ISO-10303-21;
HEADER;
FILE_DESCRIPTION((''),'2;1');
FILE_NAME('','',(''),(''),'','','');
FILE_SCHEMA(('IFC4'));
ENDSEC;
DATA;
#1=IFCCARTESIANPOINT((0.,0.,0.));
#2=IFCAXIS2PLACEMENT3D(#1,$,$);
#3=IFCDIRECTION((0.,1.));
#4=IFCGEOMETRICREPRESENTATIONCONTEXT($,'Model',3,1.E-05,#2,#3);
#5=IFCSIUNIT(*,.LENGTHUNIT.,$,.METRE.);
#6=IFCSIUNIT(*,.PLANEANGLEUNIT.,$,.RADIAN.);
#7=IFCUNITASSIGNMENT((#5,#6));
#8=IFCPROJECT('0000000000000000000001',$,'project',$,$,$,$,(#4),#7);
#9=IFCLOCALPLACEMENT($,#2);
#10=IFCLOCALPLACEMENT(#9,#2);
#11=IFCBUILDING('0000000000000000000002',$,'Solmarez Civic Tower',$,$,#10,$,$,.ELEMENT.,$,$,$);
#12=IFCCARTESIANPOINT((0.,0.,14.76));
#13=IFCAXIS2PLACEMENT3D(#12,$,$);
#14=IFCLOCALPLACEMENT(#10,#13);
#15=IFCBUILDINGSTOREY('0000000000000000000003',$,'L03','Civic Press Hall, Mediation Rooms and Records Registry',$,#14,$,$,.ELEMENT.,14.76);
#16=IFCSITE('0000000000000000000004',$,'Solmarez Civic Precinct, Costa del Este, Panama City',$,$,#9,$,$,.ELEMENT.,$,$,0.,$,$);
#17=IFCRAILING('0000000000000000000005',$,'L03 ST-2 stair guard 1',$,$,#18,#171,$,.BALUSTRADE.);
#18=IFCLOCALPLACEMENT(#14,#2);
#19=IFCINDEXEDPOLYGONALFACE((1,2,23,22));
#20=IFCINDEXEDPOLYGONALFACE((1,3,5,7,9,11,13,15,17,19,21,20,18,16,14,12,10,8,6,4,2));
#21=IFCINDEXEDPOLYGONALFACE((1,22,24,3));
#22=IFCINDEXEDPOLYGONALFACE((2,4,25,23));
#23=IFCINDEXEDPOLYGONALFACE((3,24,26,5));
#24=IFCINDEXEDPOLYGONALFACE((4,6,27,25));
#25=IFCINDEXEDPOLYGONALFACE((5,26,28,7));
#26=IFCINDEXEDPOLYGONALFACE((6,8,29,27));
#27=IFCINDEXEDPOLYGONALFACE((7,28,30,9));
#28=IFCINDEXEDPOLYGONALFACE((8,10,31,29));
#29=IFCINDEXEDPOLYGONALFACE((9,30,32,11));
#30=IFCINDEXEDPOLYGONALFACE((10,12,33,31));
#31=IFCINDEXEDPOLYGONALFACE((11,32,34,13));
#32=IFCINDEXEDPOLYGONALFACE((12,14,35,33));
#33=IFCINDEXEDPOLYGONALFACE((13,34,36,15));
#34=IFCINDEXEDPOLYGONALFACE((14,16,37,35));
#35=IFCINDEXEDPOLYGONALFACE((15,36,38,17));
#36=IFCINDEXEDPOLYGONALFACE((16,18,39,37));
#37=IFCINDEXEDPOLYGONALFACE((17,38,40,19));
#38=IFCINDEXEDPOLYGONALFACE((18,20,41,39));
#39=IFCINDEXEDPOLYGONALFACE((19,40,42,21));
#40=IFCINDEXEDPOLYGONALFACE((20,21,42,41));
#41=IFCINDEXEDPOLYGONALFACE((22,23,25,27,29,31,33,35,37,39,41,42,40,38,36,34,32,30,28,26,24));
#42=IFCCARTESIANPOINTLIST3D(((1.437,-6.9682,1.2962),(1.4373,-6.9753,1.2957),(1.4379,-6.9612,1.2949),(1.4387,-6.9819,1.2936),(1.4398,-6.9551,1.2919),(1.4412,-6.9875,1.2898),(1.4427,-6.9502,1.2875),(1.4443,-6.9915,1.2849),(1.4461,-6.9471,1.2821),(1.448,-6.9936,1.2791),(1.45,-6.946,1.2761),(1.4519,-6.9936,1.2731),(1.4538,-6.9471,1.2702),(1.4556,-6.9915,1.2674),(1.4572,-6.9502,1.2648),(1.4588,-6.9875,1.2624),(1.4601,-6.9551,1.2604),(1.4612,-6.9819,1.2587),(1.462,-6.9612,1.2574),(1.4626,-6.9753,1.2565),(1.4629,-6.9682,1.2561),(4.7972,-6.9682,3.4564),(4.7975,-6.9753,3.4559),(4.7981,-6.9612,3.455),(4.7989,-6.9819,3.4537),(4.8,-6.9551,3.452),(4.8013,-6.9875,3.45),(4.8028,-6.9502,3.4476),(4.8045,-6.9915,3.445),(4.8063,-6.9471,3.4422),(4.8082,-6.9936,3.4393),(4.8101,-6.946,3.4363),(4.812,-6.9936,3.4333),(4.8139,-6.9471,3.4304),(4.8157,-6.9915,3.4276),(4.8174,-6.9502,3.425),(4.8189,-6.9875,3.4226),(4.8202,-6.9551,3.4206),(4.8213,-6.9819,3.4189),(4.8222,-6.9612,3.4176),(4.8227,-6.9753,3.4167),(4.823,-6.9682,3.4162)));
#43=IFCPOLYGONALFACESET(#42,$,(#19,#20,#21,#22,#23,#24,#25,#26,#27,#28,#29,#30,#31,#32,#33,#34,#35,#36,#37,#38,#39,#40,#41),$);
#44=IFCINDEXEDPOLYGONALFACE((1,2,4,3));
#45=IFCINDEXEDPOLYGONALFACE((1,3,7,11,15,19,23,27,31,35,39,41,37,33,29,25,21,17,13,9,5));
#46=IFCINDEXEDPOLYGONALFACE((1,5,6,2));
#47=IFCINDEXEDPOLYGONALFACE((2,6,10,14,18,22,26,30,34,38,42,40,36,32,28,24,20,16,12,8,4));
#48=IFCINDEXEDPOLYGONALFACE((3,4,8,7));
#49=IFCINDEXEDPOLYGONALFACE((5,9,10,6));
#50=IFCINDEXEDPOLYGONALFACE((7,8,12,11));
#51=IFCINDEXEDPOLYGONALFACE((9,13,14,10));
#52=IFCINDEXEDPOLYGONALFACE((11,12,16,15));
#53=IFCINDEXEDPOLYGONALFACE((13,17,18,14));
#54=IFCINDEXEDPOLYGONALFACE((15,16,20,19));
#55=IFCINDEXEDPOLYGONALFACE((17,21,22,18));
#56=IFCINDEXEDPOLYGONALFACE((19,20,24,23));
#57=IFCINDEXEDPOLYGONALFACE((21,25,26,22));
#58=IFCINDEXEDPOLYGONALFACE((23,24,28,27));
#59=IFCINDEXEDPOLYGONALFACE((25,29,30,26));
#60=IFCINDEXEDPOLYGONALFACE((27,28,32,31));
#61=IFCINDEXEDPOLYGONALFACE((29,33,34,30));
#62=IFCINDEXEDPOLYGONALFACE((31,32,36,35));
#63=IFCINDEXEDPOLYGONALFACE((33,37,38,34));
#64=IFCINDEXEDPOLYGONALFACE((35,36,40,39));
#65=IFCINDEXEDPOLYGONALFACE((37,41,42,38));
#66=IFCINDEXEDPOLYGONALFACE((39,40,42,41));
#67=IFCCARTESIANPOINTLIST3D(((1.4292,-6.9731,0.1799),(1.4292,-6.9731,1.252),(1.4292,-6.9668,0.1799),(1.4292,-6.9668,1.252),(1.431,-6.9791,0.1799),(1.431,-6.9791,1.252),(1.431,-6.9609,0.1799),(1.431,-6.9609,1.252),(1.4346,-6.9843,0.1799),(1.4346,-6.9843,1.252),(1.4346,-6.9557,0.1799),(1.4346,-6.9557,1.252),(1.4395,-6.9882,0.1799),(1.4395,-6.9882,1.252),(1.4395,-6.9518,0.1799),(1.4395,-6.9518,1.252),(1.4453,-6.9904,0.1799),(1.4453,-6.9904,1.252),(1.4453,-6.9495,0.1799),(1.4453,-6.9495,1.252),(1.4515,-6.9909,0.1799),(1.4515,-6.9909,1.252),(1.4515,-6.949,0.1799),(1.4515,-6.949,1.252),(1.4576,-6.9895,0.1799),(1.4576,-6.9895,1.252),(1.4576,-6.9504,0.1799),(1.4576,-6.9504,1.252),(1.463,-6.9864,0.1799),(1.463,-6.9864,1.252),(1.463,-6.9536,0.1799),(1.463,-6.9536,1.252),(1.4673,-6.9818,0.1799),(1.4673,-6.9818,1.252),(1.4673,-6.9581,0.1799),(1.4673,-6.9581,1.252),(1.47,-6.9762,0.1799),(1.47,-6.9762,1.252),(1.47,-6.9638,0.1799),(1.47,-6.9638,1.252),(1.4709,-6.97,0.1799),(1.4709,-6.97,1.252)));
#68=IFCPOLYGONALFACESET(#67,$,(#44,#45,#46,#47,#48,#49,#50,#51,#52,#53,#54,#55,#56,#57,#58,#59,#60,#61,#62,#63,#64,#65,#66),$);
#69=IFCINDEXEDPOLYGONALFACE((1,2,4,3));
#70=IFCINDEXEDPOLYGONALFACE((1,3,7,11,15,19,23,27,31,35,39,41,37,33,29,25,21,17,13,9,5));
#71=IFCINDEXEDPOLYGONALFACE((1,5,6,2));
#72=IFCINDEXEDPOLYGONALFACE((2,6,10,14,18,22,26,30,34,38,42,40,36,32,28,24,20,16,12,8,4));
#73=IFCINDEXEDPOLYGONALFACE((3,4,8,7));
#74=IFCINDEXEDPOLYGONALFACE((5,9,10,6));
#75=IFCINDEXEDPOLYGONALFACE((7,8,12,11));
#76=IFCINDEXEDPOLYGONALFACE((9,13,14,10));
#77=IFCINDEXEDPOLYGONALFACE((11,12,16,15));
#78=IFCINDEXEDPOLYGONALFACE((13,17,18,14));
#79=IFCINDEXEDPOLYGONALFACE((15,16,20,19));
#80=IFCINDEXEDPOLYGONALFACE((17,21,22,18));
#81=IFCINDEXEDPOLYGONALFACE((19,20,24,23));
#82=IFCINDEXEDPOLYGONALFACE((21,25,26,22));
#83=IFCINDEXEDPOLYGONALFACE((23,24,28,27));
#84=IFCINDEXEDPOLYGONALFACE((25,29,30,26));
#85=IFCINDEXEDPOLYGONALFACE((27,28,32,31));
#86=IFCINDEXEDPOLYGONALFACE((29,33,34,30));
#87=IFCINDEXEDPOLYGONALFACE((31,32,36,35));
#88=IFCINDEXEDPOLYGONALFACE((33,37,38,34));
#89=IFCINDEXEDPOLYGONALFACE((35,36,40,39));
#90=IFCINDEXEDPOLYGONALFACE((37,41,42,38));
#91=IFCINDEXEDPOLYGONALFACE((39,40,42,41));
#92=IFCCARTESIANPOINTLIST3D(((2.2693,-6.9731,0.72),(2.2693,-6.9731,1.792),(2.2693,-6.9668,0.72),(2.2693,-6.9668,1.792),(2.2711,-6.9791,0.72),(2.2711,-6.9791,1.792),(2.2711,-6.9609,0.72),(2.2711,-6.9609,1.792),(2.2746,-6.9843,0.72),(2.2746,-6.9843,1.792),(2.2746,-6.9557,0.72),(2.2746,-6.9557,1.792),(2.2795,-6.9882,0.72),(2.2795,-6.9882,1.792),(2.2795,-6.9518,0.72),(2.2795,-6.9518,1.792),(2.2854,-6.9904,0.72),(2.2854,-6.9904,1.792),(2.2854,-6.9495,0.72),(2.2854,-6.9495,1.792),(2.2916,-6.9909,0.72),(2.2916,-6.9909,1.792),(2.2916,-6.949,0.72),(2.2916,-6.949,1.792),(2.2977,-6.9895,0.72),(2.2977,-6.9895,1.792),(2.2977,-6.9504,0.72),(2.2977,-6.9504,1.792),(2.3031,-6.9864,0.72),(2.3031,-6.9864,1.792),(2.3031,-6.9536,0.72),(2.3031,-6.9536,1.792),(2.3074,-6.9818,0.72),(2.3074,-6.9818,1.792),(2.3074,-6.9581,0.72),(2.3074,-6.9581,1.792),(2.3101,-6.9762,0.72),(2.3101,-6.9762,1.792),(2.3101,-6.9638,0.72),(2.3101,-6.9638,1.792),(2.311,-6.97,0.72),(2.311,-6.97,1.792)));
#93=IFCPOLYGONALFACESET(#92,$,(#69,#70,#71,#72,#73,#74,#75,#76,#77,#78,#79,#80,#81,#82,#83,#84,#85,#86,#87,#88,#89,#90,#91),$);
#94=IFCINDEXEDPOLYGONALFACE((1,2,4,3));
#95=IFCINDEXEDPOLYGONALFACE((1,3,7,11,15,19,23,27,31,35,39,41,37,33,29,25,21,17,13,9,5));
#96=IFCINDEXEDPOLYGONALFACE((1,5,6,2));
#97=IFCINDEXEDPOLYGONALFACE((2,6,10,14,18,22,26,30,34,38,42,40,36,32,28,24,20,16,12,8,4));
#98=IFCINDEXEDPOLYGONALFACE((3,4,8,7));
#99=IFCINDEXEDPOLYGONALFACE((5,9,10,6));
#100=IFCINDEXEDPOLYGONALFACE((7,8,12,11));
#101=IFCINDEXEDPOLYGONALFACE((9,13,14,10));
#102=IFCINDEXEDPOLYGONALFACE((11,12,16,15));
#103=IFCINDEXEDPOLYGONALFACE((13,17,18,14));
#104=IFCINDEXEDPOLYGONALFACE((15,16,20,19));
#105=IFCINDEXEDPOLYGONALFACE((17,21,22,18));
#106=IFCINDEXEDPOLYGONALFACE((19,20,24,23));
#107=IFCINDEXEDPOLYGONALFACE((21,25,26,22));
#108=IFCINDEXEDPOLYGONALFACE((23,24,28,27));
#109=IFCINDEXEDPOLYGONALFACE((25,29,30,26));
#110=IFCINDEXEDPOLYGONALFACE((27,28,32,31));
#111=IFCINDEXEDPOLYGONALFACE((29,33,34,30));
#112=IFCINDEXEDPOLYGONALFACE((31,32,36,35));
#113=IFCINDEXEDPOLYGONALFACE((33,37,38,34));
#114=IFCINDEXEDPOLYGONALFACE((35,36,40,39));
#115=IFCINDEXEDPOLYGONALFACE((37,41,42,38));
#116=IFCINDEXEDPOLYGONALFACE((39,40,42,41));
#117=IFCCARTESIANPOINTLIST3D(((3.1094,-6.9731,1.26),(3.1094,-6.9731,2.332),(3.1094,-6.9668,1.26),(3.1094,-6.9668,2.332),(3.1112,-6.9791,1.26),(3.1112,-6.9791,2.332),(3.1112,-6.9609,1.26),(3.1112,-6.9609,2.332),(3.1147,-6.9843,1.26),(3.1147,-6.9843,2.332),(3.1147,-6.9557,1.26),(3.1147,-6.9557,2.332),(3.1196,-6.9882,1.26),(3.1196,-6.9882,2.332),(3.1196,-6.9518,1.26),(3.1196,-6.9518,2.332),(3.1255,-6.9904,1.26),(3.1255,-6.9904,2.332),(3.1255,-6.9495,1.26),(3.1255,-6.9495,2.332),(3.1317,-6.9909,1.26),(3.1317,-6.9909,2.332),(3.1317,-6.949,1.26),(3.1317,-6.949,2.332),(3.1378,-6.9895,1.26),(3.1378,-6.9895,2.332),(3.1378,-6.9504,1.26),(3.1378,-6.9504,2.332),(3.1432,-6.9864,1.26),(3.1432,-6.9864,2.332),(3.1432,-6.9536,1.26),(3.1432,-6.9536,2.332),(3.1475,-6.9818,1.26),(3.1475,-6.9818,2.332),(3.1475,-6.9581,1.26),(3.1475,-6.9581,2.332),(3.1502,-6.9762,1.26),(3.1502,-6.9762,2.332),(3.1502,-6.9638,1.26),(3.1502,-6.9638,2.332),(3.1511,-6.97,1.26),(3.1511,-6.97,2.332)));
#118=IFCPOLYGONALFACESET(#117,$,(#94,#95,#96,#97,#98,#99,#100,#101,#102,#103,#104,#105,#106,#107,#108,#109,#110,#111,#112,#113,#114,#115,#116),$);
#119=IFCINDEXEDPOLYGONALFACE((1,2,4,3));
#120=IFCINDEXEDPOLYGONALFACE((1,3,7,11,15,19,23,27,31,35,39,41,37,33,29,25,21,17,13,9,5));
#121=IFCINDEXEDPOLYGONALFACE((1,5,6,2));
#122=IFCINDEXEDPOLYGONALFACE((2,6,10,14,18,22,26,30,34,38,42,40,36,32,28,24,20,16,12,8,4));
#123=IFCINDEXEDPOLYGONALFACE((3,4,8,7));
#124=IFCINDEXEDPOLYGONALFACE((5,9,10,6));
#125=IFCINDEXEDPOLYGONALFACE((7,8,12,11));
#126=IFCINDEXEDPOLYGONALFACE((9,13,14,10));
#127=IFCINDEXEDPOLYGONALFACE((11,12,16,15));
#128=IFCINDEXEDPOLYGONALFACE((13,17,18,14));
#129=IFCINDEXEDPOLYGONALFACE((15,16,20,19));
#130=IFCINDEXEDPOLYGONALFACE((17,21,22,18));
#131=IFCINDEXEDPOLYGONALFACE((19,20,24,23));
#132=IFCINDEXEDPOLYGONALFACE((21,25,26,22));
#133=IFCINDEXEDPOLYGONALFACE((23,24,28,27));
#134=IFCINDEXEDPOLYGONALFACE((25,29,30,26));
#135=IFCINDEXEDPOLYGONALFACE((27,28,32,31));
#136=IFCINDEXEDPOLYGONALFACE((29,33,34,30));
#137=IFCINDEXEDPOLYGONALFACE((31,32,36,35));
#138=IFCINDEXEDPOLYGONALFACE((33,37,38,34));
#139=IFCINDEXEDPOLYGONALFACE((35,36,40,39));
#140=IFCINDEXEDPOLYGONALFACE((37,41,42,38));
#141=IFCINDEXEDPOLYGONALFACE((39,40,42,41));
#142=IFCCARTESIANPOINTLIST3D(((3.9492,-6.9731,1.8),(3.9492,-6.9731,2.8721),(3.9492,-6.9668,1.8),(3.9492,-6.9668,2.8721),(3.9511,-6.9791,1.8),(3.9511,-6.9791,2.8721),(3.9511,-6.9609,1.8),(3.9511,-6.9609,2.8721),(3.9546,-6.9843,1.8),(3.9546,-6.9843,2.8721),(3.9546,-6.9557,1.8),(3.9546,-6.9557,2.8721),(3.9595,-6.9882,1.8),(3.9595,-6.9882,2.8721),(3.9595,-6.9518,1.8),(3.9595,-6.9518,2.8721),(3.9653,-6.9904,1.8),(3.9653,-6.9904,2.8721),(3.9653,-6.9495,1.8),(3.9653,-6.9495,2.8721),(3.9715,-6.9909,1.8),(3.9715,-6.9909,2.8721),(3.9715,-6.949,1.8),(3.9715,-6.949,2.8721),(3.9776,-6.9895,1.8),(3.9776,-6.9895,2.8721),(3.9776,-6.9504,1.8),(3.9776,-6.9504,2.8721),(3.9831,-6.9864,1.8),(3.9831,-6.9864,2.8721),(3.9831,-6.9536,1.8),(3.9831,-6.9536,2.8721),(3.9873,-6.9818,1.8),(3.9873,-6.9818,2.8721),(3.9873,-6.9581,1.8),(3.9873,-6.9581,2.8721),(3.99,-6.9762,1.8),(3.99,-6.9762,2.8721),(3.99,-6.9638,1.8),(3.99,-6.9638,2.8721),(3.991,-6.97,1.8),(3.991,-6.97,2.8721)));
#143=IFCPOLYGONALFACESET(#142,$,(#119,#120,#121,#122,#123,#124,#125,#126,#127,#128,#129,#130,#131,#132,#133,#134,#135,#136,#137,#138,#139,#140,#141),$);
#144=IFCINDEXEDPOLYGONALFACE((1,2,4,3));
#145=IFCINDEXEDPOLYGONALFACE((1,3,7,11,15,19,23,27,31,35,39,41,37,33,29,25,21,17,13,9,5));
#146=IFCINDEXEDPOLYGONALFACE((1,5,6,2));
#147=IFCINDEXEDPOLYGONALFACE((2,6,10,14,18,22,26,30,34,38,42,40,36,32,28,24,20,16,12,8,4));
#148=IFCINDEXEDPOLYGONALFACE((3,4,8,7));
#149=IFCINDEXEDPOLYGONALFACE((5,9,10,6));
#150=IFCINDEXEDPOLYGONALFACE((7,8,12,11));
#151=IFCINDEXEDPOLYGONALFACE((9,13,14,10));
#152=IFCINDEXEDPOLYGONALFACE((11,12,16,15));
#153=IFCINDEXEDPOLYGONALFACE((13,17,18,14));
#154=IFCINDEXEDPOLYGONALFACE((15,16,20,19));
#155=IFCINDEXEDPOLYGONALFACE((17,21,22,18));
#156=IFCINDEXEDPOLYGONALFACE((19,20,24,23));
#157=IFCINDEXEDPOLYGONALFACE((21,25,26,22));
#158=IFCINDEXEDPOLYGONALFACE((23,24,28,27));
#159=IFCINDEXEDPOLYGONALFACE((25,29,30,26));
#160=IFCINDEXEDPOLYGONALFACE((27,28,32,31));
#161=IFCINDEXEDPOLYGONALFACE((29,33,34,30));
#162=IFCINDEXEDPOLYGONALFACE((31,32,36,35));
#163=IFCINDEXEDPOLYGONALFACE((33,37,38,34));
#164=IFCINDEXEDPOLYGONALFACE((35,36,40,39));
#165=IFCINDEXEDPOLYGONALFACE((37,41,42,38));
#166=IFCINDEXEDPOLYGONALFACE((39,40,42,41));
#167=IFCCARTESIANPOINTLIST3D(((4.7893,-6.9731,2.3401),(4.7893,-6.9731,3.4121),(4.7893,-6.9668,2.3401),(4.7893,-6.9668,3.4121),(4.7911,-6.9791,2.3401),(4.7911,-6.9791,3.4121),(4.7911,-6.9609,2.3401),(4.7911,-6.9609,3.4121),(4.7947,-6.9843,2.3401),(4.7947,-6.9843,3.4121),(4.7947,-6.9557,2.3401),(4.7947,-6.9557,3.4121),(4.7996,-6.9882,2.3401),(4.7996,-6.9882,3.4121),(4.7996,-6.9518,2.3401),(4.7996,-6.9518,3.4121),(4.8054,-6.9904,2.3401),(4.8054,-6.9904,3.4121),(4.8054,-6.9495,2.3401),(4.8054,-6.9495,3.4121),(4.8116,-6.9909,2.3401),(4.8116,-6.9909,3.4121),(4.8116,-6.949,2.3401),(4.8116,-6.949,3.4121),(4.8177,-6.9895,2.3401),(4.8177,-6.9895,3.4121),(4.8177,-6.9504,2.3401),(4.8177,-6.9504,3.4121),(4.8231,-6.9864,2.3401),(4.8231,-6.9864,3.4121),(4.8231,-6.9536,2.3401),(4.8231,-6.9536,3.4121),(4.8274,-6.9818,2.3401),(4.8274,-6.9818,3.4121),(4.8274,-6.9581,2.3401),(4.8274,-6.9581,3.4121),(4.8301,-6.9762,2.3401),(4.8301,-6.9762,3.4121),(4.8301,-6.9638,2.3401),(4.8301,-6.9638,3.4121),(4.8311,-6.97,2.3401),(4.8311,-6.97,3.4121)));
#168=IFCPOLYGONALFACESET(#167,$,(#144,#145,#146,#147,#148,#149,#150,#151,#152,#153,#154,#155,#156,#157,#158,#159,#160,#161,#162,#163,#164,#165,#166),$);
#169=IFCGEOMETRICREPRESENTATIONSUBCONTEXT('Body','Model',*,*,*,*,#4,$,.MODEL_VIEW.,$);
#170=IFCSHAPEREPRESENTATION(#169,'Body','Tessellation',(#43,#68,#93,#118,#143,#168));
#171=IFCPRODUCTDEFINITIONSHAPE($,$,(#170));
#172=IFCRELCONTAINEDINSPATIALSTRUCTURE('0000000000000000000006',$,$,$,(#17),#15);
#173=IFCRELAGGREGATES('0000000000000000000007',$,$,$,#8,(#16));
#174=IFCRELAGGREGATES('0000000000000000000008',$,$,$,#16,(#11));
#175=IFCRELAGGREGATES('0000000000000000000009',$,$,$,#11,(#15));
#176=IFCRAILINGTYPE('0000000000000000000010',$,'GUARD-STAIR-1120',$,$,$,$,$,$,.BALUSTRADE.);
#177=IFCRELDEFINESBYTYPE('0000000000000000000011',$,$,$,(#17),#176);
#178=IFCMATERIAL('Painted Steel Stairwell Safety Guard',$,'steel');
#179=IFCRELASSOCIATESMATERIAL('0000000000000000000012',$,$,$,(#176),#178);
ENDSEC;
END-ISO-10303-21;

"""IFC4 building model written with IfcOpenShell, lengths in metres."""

from ifc_helpers import new_model, si_unit, direction, frame, origin, origin_2d, place, context, subcontext, project, spatial, circle, extrude, material, type_object, element, save


model = new_model("IFC4")

# Units and contexts
model_context = context("Model", 3, precision=1e-05, world=origin(), true_north=direction((0.0, 1.0)))
body_context = subcontext(model_context, "Body", "Model", "MODEL_VIEW")
ifc_project = project(units=[si_unit("LENGTHUNIT", "METRE"), si_unit("PLANEANGLEUNIT", "RADIAN")], contexts=[model_context])

# Site, building, storey
site_placement = place(None, origin())
site = spatial("IfcSite", under=ifc_project, at=site_placement, Name="Solmarez Civic Precinct, Costa del Este, Panama City", CompositionType="ELEMENT", RefElevation=0.0)
building_placement = place(site_placement, origin())
building = spatial("IfcBuilding", under=site, at=building_placement, Name="Solmarez Civic Tower", CompositionType="ELEMENT")
storey_placement = place(building_placement, frame((0.0, 0.0, 14.76)))
storey = spatial("IfcBuildingStorey", under=building, at=storey_placement, Name="L03", Description="Civic Press Hall, Mediation Rooms and Records Registry", CompositionType="ELEMENT", Elevation=14.76)

# Railing
ifc_material_1 = material(Name="Painted Steel Stairwell Safety Guard", Category="steel")
railing_type_1 = type_object("IfcRailingType", Name="GUARD-STAIR-1120", PredefinedType="BALUSTRADE", material=ifc_material_1)
railing_1_placement = place(storey_placement, frame((1.45, -6.97, 0.1799)))
element("IfcRailing", 1, at=railing_1_placement, inside=storey, type_object=railing_type_1, Name="L03 ST-2 stair guard 1", PredefinedType="BALUSTRADE", context=body_context, shape_type="SweptSolid", body=[
    extrude(circle(Radius=0.0239, at=origin_2d()), frame((0.0, 0.0, 1.0962), z_axis=(0.841169, 0.0, 0.540773), x_axis=(0.0, 1.0, 0.0)), (0.0, 0.0, 1.0), 3.9946),
    extrude(circle(Radius=0.021, at=origin_2d()), origin(), (0.0, 0.0, 1.0), 1.072),
    extrude(circle(Radius=0.021, at=origin_2d()), frame((0.8401, 0.0, 0.54)), (0.0, 0.0, 1.0), 1.072),
    extrude(circle(Radius=0.021, at=origin_2d()), frame((1.6802, 0.0, 1.0801)), (0.0, 0.0, 1.0), 1.072),
    extrude(circle(Radius=0.021, at=origin_2d()), frame((2.52, 0.0, 1.6201)), (0.0, 0.0, 1.0), 1.072),
    extrude(circle(Radius=0.021, at=origin_2d()), frame((3.3601, 0.0, 2.1602)), (0.0, 0.0, 1.0), 1.072),
])

save(model, "model.ifc")
